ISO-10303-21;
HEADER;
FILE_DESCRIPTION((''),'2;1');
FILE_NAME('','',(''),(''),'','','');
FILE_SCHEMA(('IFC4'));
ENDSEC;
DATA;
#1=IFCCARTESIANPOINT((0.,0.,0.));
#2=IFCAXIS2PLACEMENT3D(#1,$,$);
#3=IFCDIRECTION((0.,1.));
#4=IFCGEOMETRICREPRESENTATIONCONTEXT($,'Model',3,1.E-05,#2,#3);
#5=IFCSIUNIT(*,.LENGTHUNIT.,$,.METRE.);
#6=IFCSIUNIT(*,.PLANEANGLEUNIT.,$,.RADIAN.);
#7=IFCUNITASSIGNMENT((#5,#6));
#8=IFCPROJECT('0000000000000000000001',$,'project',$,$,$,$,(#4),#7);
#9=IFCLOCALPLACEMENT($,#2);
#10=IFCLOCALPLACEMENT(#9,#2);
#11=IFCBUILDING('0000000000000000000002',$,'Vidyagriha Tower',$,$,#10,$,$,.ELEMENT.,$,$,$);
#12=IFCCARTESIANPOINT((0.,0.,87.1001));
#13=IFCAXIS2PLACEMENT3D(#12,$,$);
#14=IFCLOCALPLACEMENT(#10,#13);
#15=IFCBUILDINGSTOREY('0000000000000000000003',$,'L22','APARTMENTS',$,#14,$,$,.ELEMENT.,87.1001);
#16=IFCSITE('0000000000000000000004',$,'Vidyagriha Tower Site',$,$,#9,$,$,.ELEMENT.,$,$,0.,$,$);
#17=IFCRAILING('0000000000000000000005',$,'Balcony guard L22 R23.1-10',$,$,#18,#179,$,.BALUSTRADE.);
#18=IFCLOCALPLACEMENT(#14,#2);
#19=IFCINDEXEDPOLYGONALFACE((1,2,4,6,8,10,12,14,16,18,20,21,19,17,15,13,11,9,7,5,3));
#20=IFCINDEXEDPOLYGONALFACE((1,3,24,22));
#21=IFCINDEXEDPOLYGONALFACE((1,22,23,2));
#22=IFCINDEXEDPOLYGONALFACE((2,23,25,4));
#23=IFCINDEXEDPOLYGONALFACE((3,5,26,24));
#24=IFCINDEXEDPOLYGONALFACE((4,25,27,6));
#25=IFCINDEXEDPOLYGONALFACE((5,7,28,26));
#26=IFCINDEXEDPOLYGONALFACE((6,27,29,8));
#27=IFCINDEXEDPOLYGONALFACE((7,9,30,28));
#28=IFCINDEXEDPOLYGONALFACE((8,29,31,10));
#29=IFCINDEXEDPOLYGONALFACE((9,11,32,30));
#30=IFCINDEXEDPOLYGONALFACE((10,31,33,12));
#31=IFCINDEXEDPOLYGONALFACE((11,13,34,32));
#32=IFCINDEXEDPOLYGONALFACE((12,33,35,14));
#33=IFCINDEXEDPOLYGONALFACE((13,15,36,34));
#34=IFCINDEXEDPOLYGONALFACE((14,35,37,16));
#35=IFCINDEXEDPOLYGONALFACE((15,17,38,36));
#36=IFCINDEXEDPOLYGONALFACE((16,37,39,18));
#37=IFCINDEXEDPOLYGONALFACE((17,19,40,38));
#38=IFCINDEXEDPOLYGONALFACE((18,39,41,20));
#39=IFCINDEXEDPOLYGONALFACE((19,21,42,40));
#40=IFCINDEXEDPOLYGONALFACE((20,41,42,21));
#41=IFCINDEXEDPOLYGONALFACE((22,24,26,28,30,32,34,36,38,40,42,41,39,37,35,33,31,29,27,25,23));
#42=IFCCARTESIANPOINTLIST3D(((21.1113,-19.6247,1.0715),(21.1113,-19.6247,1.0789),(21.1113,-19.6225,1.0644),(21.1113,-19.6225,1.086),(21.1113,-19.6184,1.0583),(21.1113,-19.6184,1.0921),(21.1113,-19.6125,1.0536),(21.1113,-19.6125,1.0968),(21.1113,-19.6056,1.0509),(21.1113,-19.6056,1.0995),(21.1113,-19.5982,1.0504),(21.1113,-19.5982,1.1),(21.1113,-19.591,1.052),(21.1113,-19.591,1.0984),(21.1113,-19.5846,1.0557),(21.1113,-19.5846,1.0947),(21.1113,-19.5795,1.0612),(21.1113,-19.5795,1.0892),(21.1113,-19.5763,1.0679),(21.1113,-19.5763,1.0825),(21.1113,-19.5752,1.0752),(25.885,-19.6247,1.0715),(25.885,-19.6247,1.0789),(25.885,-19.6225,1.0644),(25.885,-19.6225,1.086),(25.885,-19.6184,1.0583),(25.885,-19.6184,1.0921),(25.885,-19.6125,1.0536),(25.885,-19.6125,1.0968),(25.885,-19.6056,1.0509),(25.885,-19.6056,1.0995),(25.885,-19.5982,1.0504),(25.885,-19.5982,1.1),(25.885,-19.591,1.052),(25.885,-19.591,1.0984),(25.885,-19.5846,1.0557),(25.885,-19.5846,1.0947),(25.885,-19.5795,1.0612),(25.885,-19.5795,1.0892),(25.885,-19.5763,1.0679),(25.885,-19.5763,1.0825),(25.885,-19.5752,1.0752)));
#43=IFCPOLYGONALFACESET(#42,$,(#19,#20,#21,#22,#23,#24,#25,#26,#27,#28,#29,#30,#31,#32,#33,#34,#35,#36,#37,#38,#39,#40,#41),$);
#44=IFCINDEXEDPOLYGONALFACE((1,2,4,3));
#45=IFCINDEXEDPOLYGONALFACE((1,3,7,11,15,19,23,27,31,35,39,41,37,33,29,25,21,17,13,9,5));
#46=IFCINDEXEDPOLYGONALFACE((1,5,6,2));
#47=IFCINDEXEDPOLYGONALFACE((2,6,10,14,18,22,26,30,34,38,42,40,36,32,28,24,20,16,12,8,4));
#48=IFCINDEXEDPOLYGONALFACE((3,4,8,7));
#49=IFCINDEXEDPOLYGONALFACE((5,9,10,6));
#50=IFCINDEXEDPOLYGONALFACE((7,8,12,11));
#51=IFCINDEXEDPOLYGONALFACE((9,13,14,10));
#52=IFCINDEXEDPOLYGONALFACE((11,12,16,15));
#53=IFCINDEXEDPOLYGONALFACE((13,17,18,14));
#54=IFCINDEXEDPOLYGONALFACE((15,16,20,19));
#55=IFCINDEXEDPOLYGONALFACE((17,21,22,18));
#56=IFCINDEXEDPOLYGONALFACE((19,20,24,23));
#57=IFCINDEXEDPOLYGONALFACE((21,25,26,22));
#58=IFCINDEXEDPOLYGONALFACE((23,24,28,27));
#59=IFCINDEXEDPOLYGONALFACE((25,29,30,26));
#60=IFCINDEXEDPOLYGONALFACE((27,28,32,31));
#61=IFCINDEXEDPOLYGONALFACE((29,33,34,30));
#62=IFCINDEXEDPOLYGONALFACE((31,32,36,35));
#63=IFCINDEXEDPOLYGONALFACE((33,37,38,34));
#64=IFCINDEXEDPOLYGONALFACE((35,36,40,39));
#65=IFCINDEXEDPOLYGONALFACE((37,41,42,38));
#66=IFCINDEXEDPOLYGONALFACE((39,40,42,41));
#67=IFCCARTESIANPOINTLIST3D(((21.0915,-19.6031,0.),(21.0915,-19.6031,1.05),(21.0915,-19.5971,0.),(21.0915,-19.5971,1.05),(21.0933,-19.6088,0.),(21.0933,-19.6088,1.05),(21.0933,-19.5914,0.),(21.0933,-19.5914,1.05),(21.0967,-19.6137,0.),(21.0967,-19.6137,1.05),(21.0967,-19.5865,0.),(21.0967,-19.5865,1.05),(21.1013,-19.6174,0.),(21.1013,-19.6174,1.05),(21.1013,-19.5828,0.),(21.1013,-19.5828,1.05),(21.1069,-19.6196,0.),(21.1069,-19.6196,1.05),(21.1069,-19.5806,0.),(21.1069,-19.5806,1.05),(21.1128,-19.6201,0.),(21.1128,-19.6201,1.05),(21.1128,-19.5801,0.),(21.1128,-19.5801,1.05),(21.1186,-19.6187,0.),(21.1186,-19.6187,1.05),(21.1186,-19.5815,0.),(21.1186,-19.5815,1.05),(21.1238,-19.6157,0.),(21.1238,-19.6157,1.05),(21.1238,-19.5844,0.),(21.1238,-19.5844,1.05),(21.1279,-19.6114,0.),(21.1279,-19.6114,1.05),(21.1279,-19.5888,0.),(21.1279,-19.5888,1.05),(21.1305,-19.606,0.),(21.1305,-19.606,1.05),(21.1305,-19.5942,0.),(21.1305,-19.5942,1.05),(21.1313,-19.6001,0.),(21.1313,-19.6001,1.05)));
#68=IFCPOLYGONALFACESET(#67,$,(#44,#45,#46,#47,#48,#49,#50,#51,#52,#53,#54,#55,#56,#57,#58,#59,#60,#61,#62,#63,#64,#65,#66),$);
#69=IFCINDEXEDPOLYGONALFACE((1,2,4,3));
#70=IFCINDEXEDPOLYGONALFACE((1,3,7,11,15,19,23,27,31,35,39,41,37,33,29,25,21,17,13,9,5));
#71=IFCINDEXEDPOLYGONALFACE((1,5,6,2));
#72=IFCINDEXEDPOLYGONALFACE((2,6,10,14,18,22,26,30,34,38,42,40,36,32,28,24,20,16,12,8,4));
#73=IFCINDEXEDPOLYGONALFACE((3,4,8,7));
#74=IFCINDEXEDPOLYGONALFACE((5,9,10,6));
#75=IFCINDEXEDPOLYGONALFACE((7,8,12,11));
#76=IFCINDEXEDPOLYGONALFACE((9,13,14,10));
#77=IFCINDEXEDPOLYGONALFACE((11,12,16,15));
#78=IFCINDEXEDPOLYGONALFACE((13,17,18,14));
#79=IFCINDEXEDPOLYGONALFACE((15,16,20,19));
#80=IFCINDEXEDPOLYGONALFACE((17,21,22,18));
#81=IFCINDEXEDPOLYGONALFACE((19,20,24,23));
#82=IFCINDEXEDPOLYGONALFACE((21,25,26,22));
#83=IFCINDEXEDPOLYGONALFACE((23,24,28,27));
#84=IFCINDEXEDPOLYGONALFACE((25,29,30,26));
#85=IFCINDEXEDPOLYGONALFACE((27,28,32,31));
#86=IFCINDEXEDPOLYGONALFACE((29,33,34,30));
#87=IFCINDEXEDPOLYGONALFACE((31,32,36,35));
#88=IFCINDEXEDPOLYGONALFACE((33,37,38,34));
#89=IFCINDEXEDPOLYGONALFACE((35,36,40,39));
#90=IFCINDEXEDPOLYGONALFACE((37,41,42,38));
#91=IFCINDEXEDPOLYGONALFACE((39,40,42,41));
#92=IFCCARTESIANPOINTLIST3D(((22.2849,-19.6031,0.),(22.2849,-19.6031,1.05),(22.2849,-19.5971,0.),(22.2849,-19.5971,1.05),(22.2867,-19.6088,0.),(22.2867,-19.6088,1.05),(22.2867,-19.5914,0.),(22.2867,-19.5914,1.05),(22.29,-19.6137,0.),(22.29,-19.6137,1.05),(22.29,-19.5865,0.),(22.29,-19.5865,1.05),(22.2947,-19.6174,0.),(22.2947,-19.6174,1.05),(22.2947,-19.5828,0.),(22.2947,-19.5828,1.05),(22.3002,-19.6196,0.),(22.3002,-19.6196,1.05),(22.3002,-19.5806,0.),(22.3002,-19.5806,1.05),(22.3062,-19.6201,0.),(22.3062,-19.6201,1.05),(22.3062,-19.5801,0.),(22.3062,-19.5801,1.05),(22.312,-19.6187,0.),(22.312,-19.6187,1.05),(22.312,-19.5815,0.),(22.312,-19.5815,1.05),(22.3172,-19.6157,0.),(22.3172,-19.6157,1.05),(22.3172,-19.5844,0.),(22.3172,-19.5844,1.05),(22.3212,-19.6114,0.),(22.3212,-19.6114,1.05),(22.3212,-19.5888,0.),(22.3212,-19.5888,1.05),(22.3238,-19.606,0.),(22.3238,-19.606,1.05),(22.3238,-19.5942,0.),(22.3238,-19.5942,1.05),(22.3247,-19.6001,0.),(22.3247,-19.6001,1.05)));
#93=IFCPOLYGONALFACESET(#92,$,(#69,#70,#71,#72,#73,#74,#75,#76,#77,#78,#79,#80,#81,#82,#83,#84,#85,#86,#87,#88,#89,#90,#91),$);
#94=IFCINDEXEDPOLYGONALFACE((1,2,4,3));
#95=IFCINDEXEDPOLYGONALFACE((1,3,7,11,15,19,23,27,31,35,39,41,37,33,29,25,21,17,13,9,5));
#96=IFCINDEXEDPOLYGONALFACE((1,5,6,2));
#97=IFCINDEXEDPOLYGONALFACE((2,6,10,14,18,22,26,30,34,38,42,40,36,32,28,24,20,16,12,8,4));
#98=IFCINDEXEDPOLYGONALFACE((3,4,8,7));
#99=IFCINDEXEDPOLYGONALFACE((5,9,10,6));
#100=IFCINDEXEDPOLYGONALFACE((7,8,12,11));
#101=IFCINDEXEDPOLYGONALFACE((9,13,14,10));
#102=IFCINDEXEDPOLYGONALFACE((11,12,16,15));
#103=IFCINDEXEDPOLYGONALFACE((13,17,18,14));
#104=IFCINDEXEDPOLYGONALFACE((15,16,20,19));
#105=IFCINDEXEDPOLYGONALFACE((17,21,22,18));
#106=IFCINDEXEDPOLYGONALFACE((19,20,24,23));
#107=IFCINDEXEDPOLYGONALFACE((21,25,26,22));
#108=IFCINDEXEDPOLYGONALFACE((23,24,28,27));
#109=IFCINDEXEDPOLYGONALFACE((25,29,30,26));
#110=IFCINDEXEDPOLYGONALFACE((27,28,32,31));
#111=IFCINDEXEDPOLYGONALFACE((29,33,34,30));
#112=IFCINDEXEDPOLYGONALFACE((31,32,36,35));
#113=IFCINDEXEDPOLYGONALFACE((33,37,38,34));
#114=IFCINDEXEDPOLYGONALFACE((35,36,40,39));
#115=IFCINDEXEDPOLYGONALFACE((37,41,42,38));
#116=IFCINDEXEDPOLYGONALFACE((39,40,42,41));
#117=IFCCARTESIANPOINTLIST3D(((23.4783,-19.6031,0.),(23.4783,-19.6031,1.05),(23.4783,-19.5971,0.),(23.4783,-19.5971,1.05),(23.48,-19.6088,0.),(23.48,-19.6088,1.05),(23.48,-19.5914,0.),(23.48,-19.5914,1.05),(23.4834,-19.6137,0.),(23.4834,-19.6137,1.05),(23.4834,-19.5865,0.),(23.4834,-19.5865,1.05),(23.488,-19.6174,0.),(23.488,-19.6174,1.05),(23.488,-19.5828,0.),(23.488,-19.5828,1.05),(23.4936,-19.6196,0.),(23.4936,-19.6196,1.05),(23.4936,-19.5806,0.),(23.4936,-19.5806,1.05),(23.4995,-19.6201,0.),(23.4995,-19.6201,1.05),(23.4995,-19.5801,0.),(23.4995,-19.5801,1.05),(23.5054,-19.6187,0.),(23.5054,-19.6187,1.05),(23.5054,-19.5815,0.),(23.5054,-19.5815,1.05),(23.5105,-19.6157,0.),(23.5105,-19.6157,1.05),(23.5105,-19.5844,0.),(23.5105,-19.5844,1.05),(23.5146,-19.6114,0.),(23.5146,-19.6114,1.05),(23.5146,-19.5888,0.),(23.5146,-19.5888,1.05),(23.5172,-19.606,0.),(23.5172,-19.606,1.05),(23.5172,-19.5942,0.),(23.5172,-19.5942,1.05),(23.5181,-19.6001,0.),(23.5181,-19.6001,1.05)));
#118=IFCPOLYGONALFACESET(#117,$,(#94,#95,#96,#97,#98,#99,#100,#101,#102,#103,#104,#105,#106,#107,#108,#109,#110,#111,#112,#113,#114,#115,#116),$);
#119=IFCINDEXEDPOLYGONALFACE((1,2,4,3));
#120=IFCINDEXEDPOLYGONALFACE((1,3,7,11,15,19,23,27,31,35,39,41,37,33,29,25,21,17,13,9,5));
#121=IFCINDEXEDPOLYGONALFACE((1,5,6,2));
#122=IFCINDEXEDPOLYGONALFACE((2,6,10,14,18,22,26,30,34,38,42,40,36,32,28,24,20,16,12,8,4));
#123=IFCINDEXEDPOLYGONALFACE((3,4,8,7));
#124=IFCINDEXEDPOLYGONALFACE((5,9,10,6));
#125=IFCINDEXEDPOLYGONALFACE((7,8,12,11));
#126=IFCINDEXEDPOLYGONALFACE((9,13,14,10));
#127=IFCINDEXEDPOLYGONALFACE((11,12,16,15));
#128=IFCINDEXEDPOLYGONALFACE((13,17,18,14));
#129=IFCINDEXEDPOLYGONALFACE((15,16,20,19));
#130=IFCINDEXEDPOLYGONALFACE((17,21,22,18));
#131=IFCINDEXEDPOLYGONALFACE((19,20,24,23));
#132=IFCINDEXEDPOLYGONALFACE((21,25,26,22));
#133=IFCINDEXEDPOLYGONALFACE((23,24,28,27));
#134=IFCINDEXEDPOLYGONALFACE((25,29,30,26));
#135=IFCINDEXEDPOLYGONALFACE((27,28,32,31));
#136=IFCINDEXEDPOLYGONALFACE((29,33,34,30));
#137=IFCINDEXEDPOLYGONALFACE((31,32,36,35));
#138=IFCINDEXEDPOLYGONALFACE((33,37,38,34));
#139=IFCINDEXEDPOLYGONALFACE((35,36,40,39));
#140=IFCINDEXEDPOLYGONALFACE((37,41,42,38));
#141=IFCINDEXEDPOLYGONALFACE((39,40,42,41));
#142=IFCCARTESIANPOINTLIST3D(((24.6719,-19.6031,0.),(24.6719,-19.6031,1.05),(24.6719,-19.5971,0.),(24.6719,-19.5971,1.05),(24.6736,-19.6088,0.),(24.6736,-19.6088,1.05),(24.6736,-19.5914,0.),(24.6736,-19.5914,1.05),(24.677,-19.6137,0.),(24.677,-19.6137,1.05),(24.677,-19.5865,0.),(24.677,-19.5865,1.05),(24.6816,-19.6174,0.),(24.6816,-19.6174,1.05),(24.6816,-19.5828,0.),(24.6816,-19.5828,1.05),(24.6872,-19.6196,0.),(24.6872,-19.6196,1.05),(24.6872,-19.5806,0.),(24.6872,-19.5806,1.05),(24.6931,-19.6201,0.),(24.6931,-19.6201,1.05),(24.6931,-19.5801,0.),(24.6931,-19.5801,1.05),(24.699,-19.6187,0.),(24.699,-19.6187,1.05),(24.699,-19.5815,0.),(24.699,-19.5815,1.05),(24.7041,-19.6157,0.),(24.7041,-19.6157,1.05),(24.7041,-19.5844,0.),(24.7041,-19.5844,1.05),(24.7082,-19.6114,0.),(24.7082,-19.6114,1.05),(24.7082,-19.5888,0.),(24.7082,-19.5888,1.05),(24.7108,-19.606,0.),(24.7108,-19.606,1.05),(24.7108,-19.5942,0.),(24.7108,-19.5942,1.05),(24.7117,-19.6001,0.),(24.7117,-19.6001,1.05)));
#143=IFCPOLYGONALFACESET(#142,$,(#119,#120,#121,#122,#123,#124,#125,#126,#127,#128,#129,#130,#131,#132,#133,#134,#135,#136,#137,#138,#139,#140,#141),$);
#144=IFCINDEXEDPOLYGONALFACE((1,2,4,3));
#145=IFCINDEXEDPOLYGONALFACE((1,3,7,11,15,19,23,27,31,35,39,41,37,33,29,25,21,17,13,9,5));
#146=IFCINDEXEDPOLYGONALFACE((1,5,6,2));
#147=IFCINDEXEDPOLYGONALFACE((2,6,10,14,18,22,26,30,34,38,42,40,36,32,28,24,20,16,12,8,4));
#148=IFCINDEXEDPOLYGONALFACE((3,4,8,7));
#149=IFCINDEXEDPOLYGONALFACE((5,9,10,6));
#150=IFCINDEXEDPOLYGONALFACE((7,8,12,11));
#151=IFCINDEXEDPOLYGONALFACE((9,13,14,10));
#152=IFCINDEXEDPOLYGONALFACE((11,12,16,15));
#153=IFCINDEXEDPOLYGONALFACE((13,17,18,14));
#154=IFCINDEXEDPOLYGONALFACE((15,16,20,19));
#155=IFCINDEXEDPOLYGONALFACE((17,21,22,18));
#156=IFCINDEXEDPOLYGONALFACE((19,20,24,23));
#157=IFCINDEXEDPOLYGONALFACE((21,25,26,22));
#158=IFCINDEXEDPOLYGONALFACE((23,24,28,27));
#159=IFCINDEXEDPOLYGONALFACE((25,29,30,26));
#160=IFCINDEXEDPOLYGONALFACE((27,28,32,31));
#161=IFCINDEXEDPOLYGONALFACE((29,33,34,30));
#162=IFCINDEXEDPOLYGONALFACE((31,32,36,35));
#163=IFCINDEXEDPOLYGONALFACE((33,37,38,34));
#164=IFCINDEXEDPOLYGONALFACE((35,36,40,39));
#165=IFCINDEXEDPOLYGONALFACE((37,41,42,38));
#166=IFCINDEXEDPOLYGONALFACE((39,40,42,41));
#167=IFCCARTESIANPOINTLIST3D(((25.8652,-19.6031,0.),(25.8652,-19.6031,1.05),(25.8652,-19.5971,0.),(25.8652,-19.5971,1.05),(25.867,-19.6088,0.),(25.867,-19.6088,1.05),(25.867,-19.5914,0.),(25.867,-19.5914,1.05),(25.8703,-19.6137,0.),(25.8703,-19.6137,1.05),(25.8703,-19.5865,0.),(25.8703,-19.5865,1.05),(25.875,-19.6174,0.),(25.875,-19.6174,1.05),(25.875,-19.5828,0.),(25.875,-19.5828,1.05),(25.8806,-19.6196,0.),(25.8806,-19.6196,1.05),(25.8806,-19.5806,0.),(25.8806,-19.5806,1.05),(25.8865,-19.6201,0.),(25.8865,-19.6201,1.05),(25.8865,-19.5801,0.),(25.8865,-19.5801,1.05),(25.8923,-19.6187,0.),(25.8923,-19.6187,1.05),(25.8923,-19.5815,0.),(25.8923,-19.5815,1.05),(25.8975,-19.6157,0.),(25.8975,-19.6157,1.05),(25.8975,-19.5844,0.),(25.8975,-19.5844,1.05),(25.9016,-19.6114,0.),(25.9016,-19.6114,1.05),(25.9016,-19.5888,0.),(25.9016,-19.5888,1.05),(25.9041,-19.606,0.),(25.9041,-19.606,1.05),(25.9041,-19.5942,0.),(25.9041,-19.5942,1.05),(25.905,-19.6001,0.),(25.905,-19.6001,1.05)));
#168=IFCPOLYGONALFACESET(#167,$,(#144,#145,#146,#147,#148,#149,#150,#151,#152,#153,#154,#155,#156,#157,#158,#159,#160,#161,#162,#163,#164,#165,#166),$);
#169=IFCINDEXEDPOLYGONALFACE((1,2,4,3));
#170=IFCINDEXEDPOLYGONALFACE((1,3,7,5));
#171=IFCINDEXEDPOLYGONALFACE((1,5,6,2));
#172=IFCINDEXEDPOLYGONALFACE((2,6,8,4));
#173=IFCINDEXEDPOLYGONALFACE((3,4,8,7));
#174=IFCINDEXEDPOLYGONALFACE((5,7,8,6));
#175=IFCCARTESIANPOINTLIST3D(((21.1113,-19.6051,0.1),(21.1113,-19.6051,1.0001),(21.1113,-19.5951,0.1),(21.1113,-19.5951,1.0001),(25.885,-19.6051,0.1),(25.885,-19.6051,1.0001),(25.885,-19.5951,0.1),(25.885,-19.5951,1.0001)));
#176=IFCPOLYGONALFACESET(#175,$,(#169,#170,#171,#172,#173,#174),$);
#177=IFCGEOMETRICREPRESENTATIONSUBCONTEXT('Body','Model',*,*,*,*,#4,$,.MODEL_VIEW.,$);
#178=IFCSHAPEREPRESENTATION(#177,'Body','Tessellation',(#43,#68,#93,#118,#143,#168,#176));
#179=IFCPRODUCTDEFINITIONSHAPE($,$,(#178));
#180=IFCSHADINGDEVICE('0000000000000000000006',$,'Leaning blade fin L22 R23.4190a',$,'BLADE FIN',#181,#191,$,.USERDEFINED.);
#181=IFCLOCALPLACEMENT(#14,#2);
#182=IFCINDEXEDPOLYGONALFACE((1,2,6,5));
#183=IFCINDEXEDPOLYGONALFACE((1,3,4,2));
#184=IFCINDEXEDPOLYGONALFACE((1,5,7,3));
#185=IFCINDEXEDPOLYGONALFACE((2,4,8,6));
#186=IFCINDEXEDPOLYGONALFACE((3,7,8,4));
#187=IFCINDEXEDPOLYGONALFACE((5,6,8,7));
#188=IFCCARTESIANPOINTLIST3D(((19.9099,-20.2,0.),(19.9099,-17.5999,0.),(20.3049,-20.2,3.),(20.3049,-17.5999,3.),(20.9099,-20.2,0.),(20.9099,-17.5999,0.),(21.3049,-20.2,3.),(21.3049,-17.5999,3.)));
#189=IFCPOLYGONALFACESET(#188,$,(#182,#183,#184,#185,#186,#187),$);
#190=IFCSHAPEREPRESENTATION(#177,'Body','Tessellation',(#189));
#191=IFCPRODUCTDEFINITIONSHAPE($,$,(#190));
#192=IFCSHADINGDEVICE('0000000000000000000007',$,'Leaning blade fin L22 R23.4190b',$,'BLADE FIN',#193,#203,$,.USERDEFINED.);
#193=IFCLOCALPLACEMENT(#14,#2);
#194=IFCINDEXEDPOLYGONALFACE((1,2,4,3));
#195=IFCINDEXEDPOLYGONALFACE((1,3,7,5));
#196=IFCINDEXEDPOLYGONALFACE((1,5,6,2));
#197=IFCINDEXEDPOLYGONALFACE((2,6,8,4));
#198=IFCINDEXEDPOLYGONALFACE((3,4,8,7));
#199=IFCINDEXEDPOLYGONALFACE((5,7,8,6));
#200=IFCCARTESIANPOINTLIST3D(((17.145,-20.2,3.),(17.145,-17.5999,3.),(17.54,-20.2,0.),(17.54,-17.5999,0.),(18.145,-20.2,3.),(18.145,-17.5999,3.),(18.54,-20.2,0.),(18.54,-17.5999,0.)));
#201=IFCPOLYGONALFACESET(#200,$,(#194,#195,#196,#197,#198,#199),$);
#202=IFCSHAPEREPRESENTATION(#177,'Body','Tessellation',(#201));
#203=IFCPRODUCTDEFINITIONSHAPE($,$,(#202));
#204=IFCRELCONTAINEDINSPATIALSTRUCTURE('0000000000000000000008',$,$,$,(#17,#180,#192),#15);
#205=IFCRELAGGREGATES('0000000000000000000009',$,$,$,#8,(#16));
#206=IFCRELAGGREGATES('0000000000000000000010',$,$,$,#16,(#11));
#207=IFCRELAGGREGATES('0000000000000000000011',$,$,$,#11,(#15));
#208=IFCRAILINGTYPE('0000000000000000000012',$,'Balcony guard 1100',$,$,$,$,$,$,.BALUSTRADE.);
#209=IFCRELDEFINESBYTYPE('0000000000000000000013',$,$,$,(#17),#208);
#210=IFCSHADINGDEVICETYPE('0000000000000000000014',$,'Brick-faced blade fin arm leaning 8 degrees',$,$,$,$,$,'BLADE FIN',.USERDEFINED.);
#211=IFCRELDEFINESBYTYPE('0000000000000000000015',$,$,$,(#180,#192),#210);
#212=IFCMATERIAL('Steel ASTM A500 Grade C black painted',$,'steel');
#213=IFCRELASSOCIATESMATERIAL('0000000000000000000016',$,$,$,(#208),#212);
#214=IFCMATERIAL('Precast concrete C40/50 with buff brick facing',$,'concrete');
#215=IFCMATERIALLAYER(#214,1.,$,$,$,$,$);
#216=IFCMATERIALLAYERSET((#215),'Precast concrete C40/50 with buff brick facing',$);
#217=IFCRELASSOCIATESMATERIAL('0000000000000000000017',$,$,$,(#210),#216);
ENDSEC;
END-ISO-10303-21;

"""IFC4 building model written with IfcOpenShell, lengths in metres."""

from ifc_helpers import new_model, si_unit, direction, frame, origin, origin_2d, place, context, subcontext, project, spatial, polyline, rectangle, circle, outline, extrude, material, layer, layer_set, type_object, element, save


model = new_model("IFC4")

# Units and contexts
model_context = context("Model", 3, precision=1e-05, world=origin(), true_north=direction((0.0, 1.0)))
body_context = subcontext(model_context, "Body", "Model", "MODEL_VIEW")
ifc_project = project(units=[si_unit("LENGTHUNIT", "METRE"), si_unit("PLANEANGLEUNIT", "RADIAN")], contexts=[model_context])

# Site, building, storey
site_placement = place(None, origin())
site = spatial("IfcSite", under=ifc_project, at=site_placement, Name="Vidyagriha Tower Site", CompositionType="ELEMENT", RefElevation=0.0)
building_placement = place(site_placement, origin())
building = spatial("IfcBuilding", under=site, at=building_placement, Name="Vidyagriha Tower", CompositionType="ELEMENT")
storey_placement = place(building_placement, frame((0.0, 0.0, 87.1001)))
storey = spatial("IfcBuildingStorey", under=building, at=storey_placement, Name="L22", Description="APARTMENTS", CompositionType="ELEMENT", Elevation=87.1001)

# Railing
ifc_material_1 = material(Name="Steel ASTM A500 Grade C black painted", Category="steel")
railing_type = type_object("IfcRailingType", Name="Balcony guard 1100", PredefinedType="BALUSTRADE", material=ifc_material_1)
railing_1_placement = place(storey_placement, frame((21.1113, -19.6001, 0.0)))
element("IfcRailing", 1, at=railing_1_placement, inside=storey, type_object=railing_type, Name="Balcony guard L22 R23.1-10", PredefinedType="BALUSTRADE", context=body_context, shape_type="SweptSolid", body=[
    extrude(circle(Radius=0.0249, at=origin_2d()), frame((0.0, 0.0, 1.0752), z_axis=(1.0, 0.0, 0.0), x_axis=(0.0, 1.0, 0.0)), (0.0, 0.0, 1.0), 4.7737),
    extrude(circle(Radius=0.02, at=origin_2d()), origin(), (0.0, 0.0, 1.0), 1.05),
    extrude(circle(Radius=0.02, at=origin_2d()), frame((1.1934, 0.0, 0.0)), (0.0, 0.0, 1.0), 1.05),
    extrude(circle(Radius=0.02, at=origin_2d()), frame((2.3867, 0.0, 0.0)), (0.0, 0.0, 1.0), 1.05),
    extrude(circle(Radius=0.02, at=origin_2d()), frame((3.5803, 0.0, 0.0)), (0.0, 0.0, 1.0), 1.05),
    extrude(circle(Radius=0.02, at=origin_2d()), frame((4.7737, 0.0, 0.0)), (0.0, 0.0, 1.0), 1.05),
    extrude(rectangle(XDim=0.01, YDim=0.9001, at=origin_2d()), frame((0.0, 0.0, 0.55), z_axis=(1.0, 0.0, 0.0), x_axis=(0.0, 1.0, 0.0)), (0.0, 0.0, 1.0), 4.7737),
])

# Shading devices
ifc_material_2 = material(Name="Precast concrete C40/50 with buff brick facing", Category="concrete")
ifc_layer_1 = layer(ifc_material_2, 1.0)
ifc_layer_set_1 = layer_set([ifc_layer_1], Name="Precast concrete C40/50 with buff brick facing")
shading_device_type_1 = type_object("IfcShadingDeviceType", Name="Brick-faced blade fin arm leaning 8 degrees", ElementType="BLADE FIN", PredefinedType="USERDEFINED", material=ifc_layer_set_1)
shading_device_1_placement = place(storey_placement, frame((19.9099, -18.8999, 0.0)))
element("IfcShadingDevice", 2, at=shading_device_1_placement, inside=storey, type_object=shading_device_type_1, Name="Leaning blade fin L22 R23.4190a", ObjectType="BLADE FIN", PredefinedType="USERDEFINED", context=body_context, shape_type="SweptSolid", body=[
    extrude(outline(polyline([(0.0, 0.0), (1.0, 0.0), (1.395, 3.0), (0.395, 3.0), (0.0, 0.0)])), frame((0.0, 1.3, 0.0), z_axis=(0.0, -1.0, 0.0), x_axis=(1.0, 0.0, 0.0)), (0.0, 0.0, 1.0), 2.6001),
])
shading_device_2_placement = place(storey_placement, frame((17.145, -18.8999, 0.0)))
element("IfcShadingDevice", 3, at=shading_device_2_placement, inside=storey, type_object=shading_device_type_1, Name="Leaning blade fin L22 R23.4190b", ObjectType="BLADE FIN", PredefinedType="USERDEFINED", context=body_context, shape_type="SweptSolid", body=[
    extrude(outline(polyline([(0.395, 0.0), (1.395, 0.0), (1.0, 3.0), (0.0, 3.0), (0.395, 0.0)])), frame((0.0, 1.3, 0.0), z_axis=(0.0, -1.0, 0.0), x_axis=(1.0, 0.0, 0.0)), (0.0, 0.0, 1.0), 2.6001),
])

save(model, "model.ifc")
